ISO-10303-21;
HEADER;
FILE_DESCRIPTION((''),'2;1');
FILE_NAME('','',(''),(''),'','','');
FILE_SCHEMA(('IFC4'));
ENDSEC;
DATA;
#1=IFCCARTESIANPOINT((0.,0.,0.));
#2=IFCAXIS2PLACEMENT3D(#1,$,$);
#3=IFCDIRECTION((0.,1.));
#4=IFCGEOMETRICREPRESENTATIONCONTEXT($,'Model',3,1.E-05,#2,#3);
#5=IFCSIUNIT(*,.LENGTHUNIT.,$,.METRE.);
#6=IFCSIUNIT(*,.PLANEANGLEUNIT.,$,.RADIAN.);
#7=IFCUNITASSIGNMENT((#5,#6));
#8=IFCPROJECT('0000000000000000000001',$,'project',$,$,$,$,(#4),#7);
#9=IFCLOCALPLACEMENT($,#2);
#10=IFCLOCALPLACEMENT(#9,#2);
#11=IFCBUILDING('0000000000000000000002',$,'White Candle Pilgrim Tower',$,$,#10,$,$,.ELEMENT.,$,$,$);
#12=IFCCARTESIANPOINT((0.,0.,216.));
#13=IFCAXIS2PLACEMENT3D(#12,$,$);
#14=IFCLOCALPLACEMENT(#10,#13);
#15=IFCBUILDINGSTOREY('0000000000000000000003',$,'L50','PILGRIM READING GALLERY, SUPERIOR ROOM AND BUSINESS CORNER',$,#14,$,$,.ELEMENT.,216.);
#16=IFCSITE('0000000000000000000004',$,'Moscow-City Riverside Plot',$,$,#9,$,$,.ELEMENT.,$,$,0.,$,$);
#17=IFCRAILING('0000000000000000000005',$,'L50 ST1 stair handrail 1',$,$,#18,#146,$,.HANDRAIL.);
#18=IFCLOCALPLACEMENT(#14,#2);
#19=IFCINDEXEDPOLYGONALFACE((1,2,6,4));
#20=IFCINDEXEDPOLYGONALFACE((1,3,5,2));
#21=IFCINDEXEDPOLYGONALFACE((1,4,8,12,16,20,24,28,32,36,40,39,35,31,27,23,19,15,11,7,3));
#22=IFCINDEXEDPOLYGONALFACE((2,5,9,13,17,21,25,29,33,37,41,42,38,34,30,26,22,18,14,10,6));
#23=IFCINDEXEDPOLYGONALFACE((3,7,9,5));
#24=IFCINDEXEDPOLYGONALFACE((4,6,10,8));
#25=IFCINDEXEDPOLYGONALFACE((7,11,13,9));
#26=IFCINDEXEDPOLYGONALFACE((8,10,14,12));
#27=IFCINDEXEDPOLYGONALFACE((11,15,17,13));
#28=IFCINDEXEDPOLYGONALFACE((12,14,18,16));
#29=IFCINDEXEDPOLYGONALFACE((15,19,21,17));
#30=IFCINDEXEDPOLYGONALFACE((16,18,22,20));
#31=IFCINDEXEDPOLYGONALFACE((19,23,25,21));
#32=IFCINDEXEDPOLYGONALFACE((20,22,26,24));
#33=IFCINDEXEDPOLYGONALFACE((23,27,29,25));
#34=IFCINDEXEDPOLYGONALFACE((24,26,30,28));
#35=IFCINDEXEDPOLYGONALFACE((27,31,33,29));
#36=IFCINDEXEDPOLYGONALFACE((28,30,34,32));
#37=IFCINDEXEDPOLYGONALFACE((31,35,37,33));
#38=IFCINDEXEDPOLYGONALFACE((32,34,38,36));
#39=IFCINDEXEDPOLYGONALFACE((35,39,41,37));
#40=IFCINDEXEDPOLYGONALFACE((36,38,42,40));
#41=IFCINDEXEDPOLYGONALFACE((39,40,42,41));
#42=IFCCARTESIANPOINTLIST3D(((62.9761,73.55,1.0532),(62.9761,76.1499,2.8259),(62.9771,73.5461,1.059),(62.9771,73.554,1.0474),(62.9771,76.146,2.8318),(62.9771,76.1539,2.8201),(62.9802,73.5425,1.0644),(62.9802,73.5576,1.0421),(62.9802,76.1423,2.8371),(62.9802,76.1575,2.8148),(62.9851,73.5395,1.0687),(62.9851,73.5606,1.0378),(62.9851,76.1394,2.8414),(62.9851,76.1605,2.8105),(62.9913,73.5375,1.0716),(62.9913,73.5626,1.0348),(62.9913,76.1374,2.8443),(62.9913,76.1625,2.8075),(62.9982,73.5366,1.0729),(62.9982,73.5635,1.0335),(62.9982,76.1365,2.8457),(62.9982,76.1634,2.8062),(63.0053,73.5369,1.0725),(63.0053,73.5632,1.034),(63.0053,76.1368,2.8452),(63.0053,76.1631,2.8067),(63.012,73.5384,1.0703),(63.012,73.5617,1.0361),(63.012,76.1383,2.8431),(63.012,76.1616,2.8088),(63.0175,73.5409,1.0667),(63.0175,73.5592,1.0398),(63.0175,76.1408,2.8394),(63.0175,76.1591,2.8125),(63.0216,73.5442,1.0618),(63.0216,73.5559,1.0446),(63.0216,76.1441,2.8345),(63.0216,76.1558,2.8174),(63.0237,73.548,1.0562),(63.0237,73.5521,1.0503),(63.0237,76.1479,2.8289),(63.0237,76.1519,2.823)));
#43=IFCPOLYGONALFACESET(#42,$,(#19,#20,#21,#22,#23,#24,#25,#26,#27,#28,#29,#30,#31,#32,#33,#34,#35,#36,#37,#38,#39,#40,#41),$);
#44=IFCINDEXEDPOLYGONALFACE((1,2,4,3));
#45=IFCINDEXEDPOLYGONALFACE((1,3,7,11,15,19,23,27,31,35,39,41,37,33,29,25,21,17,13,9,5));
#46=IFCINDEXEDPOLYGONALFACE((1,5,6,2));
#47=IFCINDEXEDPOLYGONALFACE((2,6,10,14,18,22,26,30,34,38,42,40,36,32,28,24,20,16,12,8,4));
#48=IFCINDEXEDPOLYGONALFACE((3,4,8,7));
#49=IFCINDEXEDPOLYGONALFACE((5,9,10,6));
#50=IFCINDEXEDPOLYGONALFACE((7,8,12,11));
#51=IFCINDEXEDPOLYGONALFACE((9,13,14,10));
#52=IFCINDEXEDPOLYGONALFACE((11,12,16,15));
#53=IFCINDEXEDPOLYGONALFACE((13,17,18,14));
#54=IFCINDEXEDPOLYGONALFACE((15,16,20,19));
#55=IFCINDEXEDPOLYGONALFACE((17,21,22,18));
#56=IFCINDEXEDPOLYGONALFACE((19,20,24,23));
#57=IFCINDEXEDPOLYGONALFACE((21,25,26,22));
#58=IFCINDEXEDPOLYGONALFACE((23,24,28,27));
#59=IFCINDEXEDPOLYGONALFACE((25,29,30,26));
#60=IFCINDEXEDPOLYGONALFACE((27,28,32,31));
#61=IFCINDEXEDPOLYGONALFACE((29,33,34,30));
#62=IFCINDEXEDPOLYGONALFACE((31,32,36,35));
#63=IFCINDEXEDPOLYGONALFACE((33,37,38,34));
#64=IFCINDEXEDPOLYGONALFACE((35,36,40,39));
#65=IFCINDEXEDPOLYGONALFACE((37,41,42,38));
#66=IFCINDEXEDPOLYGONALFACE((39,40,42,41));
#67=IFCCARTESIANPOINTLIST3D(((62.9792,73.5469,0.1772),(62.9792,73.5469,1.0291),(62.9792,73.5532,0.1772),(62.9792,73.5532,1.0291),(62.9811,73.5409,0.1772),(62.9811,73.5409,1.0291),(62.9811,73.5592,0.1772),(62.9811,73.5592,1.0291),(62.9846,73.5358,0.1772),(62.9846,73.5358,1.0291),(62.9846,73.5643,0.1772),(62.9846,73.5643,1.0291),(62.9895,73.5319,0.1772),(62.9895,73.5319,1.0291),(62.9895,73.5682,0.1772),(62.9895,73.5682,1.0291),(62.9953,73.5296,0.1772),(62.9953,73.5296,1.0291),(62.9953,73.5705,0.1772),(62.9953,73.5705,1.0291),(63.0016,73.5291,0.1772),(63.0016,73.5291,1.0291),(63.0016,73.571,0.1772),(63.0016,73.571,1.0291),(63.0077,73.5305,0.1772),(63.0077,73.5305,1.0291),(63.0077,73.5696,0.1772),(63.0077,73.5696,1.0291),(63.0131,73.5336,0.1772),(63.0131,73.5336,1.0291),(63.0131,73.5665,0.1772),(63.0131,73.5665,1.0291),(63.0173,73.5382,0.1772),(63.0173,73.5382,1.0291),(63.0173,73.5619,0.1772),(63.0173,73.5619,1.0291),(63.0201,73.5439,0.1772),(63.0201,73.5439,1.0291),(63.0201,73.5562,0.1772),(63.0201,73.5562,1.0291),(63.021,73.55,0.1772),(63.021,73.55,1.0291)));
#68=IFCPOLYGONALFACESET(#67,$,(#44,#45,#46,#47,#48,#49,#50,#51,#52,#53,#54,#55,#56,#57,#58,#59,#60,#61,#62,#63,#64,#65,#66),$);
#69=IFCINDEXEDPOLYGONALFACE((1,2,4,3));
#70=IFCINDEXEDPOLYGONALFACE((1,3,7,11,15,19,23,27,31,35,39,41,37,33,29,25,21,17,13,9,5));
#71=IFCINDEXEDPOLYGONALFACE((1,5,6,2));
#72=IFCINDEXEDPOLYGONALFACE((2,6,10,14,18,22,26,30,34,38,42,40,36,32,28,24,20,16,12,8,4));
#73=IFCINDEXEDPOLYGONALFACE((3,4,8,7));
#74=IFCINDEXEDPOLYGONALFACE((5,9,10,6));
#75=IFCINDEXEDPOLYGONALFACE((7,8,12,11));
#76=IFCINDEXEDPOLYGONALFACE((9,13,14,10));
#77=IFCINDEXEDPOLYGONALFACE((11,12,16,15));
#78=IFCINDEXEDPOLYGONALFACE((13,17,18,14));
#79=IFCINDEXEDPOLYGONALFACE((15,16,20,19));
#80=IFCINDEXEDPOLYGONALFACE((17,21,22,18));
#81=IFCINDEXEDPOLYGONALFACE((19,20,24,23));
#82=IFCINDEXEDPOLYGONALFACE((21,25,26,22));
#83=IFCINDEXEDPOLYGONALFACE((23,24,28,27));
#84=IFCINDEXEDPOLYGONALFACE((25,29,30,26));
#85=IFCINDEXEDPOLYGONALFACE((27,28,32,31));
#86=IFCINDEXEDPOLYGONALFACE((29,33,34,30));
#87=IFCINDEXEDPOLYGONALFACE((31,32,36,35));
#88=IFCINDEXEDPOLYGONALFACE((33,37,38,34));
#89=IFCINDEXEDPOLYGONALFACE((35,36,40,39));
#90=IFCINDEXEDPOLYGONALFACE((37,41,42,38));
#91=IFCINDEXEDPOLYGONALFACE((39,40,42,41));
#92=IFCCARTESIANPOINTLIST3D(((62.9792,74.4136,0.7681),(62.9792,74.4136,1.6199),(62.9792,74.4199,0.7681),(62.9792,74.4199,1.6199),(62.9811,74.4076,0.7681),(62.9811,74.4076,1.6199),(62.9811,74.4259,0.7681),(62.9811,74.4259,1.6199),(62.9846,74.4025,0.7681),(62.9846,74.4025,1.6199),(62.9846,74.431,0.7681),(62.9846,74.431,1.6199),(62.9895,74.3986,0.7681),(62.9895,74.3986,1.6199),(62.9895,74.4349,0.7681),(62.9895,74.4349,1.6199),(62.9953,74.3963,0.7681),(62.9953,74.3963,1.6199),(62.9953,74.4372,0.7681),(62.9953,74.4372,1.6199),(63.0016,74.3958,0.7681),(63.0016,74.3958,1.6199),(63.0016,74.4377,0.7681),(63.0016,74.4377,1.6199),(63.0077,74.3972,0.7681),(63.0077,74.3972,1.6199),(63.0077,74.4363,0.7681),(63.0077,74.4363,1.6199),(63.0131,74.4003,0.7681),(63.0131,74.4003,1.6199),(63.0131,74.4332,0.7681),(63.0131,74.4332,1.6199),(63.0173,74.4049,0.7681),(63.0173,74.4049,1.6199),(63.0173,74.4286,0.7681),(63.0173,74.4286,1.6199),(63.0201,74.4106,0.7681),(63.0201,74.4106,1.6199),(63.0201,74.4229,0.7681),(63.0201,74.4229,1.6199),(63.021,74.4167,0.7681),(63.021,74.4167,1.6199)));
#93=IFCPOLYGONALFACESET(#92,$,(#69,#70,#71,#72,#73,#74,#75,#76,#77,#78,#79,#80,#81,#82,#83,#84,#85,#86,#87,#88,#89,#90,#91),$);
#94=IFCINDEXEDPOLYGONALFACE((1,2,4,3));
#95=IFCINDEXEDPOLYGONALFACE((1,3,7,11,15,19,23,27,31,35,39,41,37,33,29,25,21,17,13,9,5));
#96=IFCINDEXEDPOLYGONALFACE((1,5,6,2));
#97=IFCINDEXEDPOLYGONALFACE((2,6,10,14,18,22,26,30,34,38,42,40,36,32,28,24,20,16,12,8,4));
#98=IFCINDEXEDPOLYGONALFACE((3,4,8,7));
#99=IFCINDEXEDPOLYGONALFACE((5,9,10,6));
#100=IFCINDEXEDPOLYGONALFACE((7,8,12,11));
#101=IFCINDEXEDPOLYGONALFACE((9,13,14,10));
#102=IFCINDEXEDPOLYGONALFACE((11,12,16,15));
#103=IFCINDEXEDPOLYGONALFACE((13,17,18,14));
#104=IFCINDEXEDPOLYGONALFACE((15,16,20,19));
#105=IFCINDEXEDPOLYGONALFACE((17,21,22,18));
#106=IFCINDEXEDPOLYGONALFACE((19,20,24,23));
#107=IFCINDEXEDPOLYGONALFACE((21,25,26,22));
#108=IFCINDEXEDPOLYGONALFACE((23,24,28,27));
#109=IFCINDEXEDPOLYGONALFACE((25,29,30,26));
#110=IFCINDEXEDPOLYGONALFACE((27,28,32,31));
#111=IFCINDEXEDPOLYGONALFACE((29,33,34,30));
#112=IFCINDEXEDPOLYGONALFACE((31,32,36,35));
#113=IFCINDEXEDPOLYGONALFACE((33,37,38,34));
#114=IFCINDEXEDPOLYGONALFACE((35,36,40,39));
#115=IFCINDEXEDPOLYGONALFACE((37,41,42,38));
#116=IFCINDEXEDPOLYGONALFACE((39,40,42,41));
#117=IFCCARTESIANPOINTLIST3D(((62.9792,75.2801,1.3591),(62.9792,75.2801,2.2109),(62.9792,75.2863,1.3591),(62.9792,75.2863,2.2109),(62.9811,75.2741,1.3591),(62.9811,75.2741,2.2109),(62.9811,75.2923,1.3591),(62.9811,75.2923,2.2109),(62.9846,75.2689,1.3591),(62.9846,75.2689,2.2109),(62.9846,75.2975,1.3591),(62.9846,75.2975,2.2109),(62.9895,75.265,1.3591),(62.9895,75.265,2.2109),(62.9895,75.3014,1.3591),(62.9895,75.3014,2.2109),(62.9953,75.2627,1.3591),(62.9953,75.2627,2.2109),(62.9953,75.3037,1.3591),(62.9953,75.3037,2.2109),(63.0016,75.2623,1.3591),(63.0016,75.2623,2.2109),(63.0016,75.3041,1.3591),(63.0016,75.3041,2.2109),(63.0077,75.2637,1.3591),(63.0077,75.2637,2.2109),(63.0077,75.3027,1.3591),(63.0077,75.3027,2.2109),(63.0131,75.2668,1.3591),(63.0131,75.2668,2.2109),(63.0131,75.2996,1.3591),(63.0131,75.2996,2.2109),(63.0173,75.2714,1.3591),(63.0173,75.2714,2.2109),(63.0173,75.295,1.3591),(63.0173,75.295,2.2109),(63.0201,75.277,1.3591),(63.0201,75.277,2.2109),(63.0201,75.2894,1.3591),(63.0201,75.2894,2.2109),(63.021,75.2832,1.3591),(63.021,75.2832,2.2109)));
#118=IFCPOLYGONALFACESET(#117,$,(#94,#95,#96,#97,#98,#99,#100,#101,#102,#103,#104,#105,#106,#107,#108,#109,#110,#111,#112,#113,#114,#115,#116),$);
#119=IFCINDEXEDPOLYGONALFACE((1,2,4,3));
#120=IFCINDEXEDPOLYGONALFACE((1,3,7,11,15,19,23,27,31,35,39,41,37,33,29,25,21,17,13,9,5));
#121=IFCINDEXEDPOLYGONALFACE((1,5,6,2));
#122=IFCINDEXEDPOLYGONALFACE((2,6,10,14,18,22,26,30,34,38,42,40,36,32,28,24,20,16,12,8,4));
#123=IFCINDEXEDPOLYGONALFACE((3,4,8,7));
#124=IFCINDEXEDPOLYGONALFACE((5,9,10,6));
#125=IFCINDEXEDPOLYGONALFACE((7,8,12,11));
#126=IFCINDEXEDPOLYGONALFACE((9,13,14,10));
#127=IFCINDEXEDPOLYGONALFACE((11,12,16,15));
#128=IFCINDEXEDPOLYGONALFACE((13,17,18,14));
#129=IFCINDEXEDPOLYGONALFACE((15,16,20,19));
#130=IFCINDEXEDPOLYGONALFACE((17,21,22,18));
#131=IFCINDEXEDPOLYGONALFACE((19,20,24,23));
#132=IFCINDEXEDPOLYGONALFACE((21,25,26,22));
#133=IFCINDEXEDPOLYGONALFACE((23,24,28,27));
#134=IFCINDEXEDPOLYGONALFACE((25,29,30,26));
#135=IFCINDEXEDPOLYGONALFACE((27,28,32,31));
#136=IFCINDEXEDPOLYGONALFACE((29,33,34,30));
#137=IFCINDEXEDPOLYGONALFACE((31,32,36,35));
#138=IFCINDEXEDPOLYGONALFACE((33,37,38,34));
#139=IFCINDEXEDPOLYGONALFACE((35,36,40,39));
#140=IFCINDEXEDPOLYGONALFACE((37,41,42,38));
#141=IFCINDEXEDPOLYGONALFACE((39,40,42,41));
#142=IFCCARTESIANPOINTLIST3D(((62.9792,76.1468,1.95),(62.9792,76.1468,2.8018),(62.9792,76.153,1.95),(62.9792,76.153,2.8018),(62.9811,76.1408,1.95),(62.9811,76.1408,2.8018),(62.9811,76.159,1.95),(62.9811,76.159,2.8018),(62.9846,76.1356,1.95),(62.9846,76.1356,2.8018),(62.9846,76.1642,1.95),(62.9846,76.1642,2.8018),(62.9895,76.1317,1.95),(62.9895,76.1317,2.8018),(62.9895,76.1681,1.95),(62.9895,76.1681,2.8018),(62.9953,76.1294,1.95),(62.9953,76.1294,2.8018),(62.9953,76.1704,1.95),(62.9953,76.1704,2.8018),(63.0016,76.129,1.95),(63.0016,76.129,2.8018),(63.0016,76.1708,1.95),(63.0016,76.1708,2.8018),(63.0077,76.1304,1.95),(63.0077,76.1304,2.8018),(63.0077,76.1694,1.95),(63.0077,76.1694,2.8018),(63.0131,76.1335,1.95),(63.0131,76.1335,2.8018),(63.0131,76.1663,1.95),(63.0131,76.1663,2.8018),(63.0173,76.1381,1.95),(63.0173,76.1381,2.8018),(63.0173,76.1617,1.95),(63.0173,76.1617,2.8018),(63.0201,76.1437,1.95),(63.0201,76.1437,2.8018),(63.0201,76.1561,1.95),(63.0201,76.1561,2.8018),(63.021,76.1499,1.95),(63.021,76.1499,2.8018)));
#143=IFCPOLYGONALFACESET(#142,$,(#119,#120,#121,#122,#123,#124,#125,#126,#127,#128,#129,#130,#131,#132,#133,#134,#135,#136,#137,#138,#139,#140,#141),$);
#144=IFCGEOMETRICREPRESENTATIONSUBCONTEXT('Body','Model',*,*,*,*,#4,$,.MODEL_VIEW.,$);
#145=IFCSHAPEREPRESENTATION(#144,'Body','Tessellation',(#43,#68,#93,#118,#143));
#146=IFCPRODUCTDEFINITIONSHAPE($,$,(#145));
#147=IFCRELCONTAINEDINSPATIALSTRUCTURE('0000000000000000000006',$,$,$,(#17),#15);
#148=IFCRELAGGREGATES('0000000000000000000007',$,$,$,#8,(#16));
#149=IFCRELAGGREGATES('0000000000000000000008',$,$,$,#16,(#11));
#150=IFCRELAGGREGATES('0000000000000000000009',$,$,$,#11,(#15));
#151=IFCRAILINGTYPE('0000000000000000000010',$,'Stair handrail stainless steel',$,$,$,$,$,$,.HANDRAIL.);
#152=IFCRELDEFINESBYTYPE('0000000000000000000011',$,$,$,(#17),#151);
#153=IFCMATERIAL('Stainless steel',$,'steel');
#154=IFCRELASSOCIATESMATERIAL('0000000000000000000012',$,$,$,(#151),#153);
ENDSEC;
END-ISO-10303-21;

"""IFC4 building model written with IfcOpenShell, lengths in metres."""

from ifc_helpers import new_model, si_unit, direction, frame, origin, origin_2d, place, context, subcontext, project, spatial, circle, extrude, material, type_object, element, save


model = new_model("IFC4")

# Units and contexts
model_context = context("Model", 3, precision=1e-05, world=origin(), true_north=direction((0.0, 1.0)))
body_context = subcontext(model_context, "Body", "Model", "MODEL_VIEW")
ifc_project = project(units=[si_unit("LENGTHUNIT", "METRE"), si_unit("PLANEANGLEUNIT", "RADIAN")], contexts=[model_context])

# Site, building, storey
site_placement = place(None, origin())
site = spatial("IfcSite", under=ifc_project, at=site_placement, Name="Moscow-City Riverside Plot", CompositionType="ELEMENT", RefElevation=0.0)
building_placement = place(site_placement, origin())
building = spatial("IfcBuilding", under=site, at=building_placement, Name="White Candle Pilgrim Tower", CompositionType="ELEMENT")
storey_placement = place(building_placement, frame((0.0, 0.0, 216.0)))
storey = spatial("IfcBuildingStorey", under=building, at=storey_placement, Name="L50", Description="PILGRIM READING GALLERY, SUPERIOR ROOM AND BUSINESS CORNER", CompositionType="ELEMENT", Elevation=216.0)

# Railing
ifc_material_1 = material(Name="Stainless steel", Category="steel")
railing_type_1 = type_object("IfcRailingType", Name="Stair handrail stainless steel", PredefinedType="HANDRAIL", material=ifc_material_1)
railing_1_placement = place(storey_placement, frame((63.0, 73.55, 0.1772)))
element("IfcRailing", 1, at=railing_1_placement, inside=storey, type_object=railing_type_1, Name="L50 ST1 stair handrail 1", PredefinedType="HANDRAIL", context=body_context, shape_type="SweptSolid", body=[
    extrude(circle(Radius=0.0239, at=origin_2d()), frame((0.0, 0.0, 0.876), z_axis=(0.0, 0.826216, 0.563354), x_axis=(-1.0, 0.0, 0.0)), (0.0, 0.0, 1.0), 3.1467),
    extrude(circle(Radius=0.021, at=origin_2d()), origin(), (0.0, 0.0, 1.0), 0.8518),
    extrude(circle(Radius=0.021, at=origin_2d()), frame((0.0, 0.8667, 0.5908)), (0.0, 0.0, 1.0), 0.8518),
    extrude(circle(Radius=0.021, at=origin_2d()), frame((0.0, 1.7332, 1.1819)), (0.0, 0.0, 1.0), 0.8518),
    extrude(circle(Radius=0.021, at=origin_2d()), frame((0.0, 2.5999, 1.7727)), (0.0, 0.0, 1.0), 0.8518),
])

save(model, "model.ifc")
